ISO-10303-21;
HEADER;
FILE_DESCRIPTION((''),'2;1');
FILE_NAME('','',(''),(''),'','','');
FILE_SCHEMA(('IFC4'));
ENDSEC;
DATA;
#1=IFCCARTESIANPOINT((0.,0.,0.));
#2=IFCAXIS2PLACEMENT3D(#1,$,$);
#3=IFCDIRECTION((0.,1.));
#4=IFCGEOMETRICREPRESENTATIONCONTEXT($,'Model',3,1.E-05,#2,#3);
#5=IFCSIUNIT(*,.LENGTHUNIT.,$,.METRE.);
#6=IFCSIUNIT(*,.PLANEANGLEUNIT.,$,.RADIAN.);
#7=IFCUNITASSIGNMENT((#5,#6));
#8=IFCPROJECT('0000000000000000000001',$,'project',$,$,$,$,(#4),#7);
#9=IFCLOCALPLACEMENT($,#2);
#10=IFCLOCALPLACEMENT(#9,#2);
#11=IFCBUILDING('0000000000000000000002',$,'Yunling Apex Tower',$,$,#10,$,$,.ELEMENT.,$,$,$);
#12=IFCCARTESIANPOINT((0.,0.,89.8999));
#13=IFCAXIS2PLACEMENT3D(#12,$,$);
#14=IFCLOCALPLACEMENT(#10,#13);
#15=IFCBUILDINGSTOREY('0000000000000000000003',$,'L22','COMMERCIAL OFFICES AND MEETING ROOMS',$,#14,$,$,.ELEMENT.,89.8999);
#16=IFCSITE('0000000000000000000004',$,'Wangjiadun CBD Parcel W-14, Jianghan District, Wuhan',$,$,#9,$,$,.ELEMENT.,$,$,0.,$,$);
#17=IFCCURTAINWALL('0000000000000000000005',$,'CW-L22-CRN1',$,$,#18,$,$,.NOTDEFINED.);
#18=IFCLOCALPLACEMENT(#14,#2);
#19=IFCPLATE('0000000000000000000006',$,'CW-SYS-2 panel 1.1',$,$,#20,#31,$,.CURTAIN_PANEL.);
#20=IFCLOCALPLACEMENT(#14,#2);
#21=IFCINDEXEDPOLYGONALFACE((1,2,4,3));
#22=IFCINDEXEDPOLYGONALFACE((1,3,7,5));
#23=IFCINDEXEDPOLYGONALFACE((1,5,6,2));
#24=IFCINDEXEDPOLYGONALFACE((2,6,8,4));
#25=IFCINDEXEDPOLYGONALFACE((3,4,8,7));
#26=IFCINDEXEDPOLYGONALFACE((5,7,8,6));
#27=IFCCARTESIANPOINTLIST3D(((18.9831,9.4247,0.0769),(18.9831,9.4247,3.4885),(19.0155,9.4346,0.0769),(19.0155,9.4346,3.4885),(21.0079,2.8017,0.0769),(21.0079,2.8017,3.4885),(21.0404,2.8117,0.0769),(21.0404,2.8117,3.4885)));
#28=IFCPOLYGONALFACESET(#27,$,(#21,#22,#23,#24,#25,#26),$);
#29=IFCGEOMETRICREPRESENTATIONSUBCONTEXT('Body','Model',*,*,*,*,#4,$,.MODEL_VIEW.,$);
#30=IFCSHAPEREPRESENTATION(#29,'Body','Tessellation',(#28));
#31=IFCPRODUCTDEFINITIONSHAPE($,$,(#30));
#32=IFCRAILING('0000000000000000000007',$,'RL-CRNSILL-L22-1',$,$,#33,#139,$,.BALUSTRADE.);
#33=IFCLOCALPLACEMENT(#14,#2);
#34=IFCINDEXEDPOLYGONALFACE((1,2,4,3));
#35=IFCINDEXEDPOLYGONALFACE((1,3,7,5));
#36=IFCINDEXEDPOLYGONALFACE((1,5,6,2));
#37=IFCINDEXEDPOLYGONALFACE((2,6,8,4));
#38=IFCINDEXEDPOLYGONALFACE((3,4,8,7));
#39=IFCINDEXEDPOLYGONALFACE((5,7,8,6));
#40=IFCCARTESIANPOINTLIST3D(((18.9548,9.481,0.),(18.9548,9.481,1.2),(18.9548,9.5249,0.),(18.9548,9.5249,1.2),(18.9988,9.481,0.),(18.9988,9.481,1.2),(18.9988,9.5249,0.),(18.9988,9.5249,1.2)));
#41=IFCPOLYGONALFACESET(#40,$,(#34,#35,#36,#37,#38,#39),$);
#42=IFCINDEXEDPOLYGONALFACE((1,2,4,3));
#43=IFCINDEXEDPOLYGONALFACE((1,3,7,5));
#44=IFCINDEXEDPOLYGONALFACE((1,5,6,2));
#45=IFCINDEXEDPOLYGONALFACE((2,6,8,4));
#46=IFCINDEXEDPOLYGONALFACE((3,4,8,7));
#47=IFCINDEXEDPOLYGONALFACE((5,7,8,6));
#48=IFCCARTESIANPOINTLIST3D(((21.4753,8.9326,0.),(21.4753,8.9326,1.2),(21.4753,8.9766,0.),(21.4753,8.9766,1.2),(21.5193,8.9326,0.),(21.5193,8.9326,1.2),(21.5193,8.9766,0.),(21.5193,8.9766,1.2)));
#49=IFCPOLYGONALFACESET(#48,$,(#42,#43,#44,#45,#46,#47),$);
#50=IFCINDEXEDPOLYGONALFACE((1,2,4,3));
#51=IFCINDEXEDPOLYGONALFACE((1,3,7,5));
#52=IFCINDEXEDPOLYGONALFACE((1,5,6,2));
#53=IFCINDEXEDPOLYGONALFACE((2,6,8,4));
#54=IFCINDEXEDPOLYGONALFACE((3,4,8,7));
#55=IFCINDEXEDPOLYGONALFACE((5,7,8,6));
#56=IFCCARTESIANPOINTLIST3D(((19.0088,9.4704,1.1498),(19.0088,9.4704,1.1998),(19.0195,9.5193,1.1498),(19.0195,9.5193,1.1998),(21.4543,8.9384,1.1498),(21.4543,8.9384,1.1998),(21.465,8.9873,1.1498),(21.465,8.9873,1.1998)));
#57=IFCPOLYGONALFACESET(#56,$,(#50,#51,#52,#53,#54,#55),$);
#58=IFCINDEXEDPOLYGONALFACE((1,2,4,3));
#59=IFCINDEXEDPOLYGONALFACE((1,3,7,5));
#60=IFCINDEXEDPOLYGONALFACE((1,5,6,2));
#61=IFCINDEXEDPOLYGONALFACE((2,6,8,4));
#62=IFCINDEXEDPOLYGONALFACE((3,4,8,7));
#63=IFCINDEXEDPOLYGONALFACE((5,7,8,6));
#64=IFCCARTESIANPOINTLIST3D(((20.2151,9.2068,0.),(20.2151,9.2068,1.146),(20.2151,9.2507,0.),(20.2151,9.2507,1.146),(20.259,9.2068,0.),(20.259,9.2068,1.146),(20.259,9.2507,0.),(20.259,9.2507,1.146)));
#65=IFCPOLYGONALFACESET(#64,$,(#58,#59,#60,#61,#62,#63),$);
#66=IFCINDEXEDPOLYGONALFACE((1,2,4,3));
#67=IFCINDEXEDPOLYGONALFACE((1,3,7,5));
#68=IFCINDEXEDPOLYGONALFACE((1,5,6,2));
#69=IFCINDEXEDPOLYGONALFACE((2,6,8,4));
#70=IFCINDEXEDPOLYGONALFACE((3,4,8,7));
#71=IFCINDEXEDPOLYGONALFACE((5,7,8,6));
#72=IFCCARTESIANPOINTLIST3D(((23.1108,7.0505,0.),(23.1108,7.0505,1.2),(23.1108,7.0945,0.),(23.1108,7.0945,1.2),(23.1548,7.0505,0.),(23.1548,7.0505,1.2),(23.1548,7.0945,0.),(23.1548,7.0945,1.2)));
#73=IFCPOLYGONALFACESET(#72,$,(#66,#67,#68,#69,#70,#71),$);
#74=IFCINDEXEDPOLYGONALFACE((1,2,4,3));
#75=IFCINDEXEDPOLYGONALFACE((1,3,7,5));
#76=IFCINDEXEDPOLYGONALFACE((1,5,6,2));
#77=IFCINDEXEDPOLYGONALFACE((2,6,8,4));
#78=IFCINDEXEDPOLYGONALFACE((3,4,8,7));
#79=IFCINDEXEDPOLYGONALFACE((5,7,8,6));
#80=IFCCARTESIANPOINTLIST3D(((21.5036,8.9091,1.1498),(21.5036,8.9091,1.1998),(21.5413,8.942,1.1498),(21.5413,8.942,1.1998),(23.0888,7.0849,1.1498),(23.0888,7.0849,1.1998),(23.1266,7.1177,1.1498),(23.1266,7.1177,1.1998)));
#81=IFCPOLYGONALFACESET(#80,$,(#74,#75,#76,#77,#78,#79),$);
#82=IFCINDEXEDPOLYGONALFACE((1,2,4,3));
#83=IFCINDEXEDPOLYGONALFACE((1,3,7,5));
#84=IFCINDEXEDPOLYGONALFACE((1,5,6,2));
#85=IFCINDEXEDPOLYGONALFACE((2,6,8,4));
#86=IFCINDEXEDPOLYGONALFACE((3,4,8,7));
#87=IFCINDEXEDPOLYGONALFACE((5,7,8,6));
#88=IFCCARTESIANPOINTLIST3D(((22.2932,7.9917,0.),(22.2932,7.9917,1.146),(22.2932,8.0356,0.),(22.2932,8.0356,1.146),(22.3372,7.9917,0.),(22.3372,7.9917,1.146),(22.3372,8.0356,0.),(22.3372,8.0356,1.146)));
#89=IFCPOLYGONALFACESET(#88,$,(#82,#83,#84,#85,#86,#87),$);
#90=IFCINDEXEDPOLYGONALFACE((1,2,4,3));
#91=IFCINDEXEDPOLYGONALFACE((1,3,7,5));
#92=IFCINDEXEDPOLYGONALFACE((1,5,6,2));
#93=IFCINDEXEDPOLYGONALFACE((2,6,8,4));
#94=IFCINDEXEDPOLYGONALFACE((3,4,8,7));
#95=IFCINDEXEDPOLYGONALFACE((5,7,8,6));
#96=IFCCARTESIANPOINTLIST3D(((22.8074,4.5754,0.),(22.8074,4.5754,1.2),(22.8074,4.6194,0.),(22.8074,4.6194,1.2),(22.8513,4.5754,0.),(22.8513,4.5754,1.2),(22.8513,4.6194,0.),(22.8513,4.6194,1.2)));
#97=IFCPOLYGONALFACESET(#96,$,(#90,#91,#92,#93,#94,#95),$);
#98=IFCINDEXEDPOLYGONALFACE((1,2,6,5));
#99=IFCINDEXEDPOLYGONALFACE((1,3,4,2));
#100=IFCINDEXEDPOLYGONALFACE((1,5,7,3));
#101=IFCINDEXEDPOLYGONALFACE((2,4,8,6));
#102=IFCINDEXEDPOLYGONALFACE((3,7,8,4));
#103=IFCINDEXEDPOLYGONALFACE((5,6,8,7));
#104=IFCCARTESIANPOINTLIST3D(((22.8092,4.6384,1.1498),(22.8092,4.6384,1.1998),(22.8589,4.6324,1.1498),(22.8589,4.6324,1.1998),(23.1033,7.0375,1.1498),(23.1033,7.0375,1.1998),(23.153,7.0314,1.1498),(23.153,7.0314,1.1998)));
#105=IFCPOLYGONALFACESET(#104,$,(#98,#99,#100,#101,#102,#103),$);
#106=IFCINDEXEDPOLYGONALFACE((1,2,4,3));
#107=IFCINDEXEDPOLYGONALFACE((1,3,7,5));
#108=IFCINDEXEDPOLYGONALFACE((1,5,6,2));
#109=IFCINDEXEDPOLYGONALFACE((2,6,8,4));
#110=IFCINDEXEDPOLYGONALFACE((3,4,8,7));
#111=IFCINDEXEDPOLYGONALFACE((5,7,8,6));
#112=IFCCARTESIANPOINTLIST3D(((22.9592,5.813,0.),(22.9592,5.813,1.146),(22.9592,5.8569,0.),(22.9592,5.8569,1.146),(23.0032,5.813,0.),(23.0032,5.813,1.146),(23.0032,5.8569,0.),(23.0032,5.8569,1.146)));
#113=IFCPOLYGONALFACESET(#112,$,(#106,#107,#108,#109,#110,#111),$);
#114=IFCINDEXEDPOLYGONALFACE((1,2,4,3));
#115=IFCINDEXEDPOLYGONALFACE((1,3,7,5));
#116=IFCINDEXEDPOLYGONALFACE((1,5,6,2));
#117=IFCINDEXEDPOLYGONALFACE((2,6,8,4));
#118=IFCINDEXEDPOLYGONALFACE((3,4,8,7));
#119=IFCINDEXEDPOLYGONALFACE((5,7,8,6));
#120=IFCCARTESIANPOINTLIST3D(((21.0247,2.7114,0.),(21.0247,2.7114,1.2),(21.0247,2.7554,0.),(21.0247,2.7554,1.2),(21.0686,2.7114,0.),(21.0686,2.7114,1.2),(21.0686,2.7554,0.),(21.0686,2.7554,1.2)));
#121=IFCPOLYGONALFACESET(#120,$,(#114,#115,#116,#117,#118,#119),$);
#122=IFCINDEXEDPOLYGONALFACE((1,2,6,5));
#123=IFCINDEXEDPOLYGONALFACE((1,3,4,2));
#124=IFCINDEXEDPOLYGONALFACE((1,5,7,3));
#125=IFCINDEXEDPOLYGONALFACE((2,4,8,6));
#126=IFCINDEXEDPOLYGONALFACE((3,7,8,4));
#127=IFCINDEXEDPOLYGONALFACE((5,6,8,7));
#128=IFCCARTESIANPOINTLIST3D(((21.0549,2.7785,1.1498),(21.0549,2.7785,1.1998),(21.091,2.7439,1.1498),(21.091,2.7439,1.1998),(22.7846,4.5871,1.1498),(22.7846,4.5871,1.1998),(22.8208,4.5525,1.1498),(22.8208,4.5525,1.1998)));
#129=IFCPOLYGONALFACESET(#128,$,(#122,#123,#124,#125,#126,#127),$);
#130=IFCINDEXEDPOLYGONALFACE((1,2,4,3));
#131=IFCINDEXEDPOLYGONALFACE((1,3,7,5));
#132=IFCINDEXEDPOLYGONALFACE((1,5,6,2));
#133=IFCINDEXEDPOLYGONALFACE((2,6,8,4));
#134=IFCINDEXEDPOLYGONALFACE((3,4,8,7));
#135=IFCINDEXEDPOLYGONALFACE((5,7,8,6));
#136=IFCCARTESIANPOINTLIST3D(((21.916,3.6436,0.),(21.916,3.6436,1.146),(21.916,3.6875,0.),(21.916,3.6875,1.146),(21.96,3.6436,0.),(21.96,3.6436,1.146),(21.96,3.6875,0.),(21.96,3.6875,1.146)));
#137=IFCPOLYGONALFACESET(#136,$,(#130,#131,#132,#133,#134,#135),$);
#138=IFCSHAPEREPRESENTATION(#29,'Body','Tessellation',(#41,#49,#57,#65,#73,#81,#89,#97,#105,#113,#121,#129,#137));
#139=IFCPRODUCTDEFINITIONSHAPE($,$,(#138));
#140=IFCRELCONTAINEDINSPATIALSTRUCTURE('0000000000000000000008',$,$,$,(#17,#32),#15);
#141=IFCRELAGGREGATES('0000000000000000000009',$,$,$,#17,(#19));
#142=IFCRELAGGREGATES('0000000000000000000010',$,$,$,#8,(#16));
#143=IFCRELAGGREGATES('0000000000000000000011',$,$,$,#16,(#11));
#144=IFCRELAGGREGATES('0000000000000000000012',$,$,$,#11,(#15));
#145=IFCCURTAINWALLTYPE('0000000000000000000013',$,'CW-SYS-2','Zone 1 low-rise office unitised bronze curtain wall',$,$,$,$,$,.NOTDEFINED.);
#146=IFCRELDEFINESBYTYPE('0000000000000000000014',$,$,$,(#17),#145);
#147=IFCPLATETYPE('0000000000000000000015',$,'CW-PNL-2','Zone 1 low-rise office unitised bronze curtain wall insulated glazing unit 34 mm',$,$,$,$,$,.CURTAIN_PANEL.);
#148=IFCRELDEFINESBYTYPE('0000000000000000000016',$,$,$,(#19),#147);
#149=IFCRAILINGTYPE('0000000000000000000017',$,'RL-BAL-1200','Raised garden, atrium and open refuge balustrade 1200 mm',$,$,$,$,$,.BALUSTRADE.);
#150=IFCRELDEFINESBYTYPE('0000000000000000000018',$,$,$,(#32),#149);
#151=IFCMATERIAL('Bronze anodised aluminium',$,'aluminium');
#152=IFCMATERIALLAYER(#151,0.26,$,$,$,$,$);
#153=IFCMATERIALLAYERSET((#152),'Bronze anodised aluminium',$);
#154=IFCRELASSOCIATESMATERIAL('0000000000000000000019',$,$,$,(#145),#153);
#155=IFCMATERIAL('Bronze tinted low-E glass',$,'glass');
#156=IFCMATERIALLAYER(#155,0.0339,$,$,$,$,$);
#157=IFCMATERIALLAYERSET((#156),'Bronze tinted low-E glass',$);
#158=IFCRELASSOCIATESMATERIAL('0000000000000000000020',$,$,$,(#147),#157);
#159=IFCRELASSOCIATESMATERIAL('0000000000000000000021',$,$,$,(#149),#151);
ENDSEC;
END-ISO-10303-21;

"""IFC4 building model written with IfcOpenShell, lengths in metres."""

from ifc_helpers import new_model, si_unit, direction, frame, origin, origin_2d, place, context, subcontext, project, spatial, rectangle, extrude, source, transform, mapped, material, layer, layer_set, type_object, element, aggregate, save


model = new_model("IFC4")

# Units and contexts
model_context = context("Model", 3, precision=1e-05, world=origin(), true_north=direction((0.0, 1.0)))
body_context = subcontext(model_context, "Body", "Model", "MODEL_VIEW")
ifc_project = project(units=[si_unit("LENGTHUNIT", "METRE"), si_unit("PLANEANGLEUNIT", "RADIAN")], contexts=[model_context])

# Site, building, storey
site_placement = place(None, origin())
site = spatial("IfcSite", under=ifc_project, at=site_placement, Name="Wangjiadun CBD Parcel W-14, Jianghan District, Wuhan", CompositionType="ELEMENT", RefElevation=0.0)
building_placement = place(site_placement, origin())
building = spatial("IfcBuilding", under=site, at=building_placement, Name="Yunling Apex Tower", CompositionType="ELEMENT")
storey_placement = place(building_placement, frame((0.0, 0.0, 89.8999)))
storey = spatial("IfcBuildingStorey", under=building, at=storey_placement, Name="L22", Description="COMMERCIAL OFFICES AND MEETING ROOMS", CompositionType="ELEMENT", Elevation=89.8999)

# Shared definitions
ifc_material_1 = material(Name="Bronze anodised aluminium", Category="aluminium")
ifc_layer_1 = layer(ifc_material_1, 0.26)
ifc_layer_set_1 = layer_set([ifc_layer_1], Name="Bronze anodised aluminium")
curtain_wall_type = type_object("IfcCurtainWallType", Name="CW-SYS-2", Description="Zone 1 low-rise office unitised bronze curtain wall", PredefinedType="NOTDEFINED", material=ifc_layer_set_1)

# Curtain wall
curtain_wall_1_placement = place(storey_placement, origin())
curtain_wall_1 = element("IfcCurtainWall", 1, at=curtain_wall_1_placement, inside=storey, type_object=curtain_wall_type, Name="CW-L22-CRN1", PredefinedType="NOTDEFINED")

# Plate
ifc_material_2 = material(Name="Bronze tinted low-E glass", Category="glass")
ifc_layer_2 = layer(ifc_material_2, 0.0339)
ifc_layer_set_2 = layer_set([ifc_layer_2], Name="Bronze tinted low-E glass")
plate_type = type_object("IfcPlateType", Name="CW-PNL-2", Description="Zone 1 low-rise office unitised bronze curtain wall insulated glazing unit 34 mm", PredefinedType="CURTAIN_PANEL", material=ifc_layer_set_2)
shared_shape_1 = source(origin(), body_context, "Body", "SweptSolid", [
    extrude(rectangle(XDim=6.9255, YDim=0.0339, at=origin_2d()), origin(), (0.0, 0.0, 1.0), 3.4116),
])
plate_1_placement = place(storey_placement, frame((20.0117, 6.1182, 0.0769), z_axis=(0.0, 0.0, 1.0), x_axis=(-0.292375, 0.956304, 0.0)))
plate_1 = element("IfcPlate", 2, at=plate_1_placement, type_object=plate_type, Name="CW-SYS-2 panel 1.1", PredefinedType="CURTAIN_PANEL", context=body_context, shape_type="MappedRepresentation", body=[
    mapped(shared_shape_1, transform((0.0, 0.0, 0.0), scale=1.0)),
])
aggregate(curtain_wall_1, [plate_1])

# Railing
railing_type = type_object("IfcRailingType", Name="RL-BAL-1200", Description="Raised garden, atrium and open refuge balustrade 1200 mm", PredefinedType="BALUSTRADE", material=ifc_material_1)
railing_placement = place(storey_placement, frame((18.9768, 9.5029, 0.0)))
element("IfcRailing", 3, at=railing_placement, inside=storey, type_object=railing_type, Name="RL-CRNSILL-L22-1", PredefinedType="BALUSTRADE", context=body_context, shape_type="SweptSolid", body=[
    extrude(rectangle(XDim=0.0439, YDim=0.0439, at=origin_2d()), origin(), (0.0, 0.0, 1.0), 1.2),
    extrude(rectangle(XDim=0.0439, YDim=0.0439, at=origin_2d()), frame((2.5205, -0.5483, 0.0)), (0.0, 0.0, 1.0), 1.2),
    extrude(rectangle(XDim=0.05, YDim=0.05, at=origin_2d()), frame((0.0374, -0.0081, 1.1748), z_axis=(0.977144, -0.212579, 0.0), x_axis=(0.212579, 0.977144, 0.0)), (0.0, 0.0, 1.0), 2.5027),
    extrude(rectangle(XDim=0.0439, YDim=0.0439, at=origin_2d()), frame((1.2603, -0.2742, 0.0)), (0.0, 0.0, 1.0), 1.146),
    extrude(rectangle(XDim=0.0439, YDim=0.0439, at=origin_2d()), frame((4.156, -2.4304, 0.0)), (0.0, 0.0, 1.0), 1.2),
    extrude(rectangle(XDim=0.05, YDim=0.05, at=origin_2d()), frame((2.5457, -0.5774, 1.1748), z_axis=(0.655929, -0.754823, 0.0), x_axis=(0.754823, 0.655929, 0.0)), (0.0, 0.0, 1.0), 2.4167),
    extrude(rectangle(XDim=0.0439, YDim=0.0439, at=origin_2d()), frame((3.3384, -1.4893, 0.0)), (0.0, 0.0, 1.0), 1.146),
    extrude(rectangle(XDim=0.0439, YDim=0.0439, at=origin_2d()), frame((3.8525, -4.9055, 0.0)), (0.0, 0.0, 1.0), 1.2),
    extrude(rectangle(XDim=0.05, YDim=0.05, at=origin_2d()), frame((4.1514, -2.4685, 1.1748), z_axis=(-0.121697, -0.992567, 0.0), x_axis=(0.992567, -0.121697, 0.0)), (0.0, 0.0, 1.0), 2.417),
    extrude(rectangle(XDim=0.0439, YDim=0.0439, at=origin_2d()), frame((4.0044, -3.668, 0.0)), (0.0, 0.0, 1.0), 1.146),
    extrude(rectangle(XDim=0.0439, YDim=0.0439, at=origin_2d()), frame((2.0698, -6.7695, 0.0)), (0.0, 0.0, 1.0), 1.2),
    extrude(rectangle(XDim=0.05, YDim=0.05, at=origin_2d()), frame((3.8259, -4.9331, 1.1748), z_axis=(-0.691171, -0.722691, 0.0), x_axis=(0.722691, -0.691171, 0.0)), (0.0, 0.0, 1.0), 2.5027),
    extrude(rectangle(XDim=0.0439, YDim=0.0439, at=origin_2d()), frame((2.9612, -5.8374, 0.0)), (0.0, 0.0, 1.0), 1.146),
])

save(model, "model.ifc")
